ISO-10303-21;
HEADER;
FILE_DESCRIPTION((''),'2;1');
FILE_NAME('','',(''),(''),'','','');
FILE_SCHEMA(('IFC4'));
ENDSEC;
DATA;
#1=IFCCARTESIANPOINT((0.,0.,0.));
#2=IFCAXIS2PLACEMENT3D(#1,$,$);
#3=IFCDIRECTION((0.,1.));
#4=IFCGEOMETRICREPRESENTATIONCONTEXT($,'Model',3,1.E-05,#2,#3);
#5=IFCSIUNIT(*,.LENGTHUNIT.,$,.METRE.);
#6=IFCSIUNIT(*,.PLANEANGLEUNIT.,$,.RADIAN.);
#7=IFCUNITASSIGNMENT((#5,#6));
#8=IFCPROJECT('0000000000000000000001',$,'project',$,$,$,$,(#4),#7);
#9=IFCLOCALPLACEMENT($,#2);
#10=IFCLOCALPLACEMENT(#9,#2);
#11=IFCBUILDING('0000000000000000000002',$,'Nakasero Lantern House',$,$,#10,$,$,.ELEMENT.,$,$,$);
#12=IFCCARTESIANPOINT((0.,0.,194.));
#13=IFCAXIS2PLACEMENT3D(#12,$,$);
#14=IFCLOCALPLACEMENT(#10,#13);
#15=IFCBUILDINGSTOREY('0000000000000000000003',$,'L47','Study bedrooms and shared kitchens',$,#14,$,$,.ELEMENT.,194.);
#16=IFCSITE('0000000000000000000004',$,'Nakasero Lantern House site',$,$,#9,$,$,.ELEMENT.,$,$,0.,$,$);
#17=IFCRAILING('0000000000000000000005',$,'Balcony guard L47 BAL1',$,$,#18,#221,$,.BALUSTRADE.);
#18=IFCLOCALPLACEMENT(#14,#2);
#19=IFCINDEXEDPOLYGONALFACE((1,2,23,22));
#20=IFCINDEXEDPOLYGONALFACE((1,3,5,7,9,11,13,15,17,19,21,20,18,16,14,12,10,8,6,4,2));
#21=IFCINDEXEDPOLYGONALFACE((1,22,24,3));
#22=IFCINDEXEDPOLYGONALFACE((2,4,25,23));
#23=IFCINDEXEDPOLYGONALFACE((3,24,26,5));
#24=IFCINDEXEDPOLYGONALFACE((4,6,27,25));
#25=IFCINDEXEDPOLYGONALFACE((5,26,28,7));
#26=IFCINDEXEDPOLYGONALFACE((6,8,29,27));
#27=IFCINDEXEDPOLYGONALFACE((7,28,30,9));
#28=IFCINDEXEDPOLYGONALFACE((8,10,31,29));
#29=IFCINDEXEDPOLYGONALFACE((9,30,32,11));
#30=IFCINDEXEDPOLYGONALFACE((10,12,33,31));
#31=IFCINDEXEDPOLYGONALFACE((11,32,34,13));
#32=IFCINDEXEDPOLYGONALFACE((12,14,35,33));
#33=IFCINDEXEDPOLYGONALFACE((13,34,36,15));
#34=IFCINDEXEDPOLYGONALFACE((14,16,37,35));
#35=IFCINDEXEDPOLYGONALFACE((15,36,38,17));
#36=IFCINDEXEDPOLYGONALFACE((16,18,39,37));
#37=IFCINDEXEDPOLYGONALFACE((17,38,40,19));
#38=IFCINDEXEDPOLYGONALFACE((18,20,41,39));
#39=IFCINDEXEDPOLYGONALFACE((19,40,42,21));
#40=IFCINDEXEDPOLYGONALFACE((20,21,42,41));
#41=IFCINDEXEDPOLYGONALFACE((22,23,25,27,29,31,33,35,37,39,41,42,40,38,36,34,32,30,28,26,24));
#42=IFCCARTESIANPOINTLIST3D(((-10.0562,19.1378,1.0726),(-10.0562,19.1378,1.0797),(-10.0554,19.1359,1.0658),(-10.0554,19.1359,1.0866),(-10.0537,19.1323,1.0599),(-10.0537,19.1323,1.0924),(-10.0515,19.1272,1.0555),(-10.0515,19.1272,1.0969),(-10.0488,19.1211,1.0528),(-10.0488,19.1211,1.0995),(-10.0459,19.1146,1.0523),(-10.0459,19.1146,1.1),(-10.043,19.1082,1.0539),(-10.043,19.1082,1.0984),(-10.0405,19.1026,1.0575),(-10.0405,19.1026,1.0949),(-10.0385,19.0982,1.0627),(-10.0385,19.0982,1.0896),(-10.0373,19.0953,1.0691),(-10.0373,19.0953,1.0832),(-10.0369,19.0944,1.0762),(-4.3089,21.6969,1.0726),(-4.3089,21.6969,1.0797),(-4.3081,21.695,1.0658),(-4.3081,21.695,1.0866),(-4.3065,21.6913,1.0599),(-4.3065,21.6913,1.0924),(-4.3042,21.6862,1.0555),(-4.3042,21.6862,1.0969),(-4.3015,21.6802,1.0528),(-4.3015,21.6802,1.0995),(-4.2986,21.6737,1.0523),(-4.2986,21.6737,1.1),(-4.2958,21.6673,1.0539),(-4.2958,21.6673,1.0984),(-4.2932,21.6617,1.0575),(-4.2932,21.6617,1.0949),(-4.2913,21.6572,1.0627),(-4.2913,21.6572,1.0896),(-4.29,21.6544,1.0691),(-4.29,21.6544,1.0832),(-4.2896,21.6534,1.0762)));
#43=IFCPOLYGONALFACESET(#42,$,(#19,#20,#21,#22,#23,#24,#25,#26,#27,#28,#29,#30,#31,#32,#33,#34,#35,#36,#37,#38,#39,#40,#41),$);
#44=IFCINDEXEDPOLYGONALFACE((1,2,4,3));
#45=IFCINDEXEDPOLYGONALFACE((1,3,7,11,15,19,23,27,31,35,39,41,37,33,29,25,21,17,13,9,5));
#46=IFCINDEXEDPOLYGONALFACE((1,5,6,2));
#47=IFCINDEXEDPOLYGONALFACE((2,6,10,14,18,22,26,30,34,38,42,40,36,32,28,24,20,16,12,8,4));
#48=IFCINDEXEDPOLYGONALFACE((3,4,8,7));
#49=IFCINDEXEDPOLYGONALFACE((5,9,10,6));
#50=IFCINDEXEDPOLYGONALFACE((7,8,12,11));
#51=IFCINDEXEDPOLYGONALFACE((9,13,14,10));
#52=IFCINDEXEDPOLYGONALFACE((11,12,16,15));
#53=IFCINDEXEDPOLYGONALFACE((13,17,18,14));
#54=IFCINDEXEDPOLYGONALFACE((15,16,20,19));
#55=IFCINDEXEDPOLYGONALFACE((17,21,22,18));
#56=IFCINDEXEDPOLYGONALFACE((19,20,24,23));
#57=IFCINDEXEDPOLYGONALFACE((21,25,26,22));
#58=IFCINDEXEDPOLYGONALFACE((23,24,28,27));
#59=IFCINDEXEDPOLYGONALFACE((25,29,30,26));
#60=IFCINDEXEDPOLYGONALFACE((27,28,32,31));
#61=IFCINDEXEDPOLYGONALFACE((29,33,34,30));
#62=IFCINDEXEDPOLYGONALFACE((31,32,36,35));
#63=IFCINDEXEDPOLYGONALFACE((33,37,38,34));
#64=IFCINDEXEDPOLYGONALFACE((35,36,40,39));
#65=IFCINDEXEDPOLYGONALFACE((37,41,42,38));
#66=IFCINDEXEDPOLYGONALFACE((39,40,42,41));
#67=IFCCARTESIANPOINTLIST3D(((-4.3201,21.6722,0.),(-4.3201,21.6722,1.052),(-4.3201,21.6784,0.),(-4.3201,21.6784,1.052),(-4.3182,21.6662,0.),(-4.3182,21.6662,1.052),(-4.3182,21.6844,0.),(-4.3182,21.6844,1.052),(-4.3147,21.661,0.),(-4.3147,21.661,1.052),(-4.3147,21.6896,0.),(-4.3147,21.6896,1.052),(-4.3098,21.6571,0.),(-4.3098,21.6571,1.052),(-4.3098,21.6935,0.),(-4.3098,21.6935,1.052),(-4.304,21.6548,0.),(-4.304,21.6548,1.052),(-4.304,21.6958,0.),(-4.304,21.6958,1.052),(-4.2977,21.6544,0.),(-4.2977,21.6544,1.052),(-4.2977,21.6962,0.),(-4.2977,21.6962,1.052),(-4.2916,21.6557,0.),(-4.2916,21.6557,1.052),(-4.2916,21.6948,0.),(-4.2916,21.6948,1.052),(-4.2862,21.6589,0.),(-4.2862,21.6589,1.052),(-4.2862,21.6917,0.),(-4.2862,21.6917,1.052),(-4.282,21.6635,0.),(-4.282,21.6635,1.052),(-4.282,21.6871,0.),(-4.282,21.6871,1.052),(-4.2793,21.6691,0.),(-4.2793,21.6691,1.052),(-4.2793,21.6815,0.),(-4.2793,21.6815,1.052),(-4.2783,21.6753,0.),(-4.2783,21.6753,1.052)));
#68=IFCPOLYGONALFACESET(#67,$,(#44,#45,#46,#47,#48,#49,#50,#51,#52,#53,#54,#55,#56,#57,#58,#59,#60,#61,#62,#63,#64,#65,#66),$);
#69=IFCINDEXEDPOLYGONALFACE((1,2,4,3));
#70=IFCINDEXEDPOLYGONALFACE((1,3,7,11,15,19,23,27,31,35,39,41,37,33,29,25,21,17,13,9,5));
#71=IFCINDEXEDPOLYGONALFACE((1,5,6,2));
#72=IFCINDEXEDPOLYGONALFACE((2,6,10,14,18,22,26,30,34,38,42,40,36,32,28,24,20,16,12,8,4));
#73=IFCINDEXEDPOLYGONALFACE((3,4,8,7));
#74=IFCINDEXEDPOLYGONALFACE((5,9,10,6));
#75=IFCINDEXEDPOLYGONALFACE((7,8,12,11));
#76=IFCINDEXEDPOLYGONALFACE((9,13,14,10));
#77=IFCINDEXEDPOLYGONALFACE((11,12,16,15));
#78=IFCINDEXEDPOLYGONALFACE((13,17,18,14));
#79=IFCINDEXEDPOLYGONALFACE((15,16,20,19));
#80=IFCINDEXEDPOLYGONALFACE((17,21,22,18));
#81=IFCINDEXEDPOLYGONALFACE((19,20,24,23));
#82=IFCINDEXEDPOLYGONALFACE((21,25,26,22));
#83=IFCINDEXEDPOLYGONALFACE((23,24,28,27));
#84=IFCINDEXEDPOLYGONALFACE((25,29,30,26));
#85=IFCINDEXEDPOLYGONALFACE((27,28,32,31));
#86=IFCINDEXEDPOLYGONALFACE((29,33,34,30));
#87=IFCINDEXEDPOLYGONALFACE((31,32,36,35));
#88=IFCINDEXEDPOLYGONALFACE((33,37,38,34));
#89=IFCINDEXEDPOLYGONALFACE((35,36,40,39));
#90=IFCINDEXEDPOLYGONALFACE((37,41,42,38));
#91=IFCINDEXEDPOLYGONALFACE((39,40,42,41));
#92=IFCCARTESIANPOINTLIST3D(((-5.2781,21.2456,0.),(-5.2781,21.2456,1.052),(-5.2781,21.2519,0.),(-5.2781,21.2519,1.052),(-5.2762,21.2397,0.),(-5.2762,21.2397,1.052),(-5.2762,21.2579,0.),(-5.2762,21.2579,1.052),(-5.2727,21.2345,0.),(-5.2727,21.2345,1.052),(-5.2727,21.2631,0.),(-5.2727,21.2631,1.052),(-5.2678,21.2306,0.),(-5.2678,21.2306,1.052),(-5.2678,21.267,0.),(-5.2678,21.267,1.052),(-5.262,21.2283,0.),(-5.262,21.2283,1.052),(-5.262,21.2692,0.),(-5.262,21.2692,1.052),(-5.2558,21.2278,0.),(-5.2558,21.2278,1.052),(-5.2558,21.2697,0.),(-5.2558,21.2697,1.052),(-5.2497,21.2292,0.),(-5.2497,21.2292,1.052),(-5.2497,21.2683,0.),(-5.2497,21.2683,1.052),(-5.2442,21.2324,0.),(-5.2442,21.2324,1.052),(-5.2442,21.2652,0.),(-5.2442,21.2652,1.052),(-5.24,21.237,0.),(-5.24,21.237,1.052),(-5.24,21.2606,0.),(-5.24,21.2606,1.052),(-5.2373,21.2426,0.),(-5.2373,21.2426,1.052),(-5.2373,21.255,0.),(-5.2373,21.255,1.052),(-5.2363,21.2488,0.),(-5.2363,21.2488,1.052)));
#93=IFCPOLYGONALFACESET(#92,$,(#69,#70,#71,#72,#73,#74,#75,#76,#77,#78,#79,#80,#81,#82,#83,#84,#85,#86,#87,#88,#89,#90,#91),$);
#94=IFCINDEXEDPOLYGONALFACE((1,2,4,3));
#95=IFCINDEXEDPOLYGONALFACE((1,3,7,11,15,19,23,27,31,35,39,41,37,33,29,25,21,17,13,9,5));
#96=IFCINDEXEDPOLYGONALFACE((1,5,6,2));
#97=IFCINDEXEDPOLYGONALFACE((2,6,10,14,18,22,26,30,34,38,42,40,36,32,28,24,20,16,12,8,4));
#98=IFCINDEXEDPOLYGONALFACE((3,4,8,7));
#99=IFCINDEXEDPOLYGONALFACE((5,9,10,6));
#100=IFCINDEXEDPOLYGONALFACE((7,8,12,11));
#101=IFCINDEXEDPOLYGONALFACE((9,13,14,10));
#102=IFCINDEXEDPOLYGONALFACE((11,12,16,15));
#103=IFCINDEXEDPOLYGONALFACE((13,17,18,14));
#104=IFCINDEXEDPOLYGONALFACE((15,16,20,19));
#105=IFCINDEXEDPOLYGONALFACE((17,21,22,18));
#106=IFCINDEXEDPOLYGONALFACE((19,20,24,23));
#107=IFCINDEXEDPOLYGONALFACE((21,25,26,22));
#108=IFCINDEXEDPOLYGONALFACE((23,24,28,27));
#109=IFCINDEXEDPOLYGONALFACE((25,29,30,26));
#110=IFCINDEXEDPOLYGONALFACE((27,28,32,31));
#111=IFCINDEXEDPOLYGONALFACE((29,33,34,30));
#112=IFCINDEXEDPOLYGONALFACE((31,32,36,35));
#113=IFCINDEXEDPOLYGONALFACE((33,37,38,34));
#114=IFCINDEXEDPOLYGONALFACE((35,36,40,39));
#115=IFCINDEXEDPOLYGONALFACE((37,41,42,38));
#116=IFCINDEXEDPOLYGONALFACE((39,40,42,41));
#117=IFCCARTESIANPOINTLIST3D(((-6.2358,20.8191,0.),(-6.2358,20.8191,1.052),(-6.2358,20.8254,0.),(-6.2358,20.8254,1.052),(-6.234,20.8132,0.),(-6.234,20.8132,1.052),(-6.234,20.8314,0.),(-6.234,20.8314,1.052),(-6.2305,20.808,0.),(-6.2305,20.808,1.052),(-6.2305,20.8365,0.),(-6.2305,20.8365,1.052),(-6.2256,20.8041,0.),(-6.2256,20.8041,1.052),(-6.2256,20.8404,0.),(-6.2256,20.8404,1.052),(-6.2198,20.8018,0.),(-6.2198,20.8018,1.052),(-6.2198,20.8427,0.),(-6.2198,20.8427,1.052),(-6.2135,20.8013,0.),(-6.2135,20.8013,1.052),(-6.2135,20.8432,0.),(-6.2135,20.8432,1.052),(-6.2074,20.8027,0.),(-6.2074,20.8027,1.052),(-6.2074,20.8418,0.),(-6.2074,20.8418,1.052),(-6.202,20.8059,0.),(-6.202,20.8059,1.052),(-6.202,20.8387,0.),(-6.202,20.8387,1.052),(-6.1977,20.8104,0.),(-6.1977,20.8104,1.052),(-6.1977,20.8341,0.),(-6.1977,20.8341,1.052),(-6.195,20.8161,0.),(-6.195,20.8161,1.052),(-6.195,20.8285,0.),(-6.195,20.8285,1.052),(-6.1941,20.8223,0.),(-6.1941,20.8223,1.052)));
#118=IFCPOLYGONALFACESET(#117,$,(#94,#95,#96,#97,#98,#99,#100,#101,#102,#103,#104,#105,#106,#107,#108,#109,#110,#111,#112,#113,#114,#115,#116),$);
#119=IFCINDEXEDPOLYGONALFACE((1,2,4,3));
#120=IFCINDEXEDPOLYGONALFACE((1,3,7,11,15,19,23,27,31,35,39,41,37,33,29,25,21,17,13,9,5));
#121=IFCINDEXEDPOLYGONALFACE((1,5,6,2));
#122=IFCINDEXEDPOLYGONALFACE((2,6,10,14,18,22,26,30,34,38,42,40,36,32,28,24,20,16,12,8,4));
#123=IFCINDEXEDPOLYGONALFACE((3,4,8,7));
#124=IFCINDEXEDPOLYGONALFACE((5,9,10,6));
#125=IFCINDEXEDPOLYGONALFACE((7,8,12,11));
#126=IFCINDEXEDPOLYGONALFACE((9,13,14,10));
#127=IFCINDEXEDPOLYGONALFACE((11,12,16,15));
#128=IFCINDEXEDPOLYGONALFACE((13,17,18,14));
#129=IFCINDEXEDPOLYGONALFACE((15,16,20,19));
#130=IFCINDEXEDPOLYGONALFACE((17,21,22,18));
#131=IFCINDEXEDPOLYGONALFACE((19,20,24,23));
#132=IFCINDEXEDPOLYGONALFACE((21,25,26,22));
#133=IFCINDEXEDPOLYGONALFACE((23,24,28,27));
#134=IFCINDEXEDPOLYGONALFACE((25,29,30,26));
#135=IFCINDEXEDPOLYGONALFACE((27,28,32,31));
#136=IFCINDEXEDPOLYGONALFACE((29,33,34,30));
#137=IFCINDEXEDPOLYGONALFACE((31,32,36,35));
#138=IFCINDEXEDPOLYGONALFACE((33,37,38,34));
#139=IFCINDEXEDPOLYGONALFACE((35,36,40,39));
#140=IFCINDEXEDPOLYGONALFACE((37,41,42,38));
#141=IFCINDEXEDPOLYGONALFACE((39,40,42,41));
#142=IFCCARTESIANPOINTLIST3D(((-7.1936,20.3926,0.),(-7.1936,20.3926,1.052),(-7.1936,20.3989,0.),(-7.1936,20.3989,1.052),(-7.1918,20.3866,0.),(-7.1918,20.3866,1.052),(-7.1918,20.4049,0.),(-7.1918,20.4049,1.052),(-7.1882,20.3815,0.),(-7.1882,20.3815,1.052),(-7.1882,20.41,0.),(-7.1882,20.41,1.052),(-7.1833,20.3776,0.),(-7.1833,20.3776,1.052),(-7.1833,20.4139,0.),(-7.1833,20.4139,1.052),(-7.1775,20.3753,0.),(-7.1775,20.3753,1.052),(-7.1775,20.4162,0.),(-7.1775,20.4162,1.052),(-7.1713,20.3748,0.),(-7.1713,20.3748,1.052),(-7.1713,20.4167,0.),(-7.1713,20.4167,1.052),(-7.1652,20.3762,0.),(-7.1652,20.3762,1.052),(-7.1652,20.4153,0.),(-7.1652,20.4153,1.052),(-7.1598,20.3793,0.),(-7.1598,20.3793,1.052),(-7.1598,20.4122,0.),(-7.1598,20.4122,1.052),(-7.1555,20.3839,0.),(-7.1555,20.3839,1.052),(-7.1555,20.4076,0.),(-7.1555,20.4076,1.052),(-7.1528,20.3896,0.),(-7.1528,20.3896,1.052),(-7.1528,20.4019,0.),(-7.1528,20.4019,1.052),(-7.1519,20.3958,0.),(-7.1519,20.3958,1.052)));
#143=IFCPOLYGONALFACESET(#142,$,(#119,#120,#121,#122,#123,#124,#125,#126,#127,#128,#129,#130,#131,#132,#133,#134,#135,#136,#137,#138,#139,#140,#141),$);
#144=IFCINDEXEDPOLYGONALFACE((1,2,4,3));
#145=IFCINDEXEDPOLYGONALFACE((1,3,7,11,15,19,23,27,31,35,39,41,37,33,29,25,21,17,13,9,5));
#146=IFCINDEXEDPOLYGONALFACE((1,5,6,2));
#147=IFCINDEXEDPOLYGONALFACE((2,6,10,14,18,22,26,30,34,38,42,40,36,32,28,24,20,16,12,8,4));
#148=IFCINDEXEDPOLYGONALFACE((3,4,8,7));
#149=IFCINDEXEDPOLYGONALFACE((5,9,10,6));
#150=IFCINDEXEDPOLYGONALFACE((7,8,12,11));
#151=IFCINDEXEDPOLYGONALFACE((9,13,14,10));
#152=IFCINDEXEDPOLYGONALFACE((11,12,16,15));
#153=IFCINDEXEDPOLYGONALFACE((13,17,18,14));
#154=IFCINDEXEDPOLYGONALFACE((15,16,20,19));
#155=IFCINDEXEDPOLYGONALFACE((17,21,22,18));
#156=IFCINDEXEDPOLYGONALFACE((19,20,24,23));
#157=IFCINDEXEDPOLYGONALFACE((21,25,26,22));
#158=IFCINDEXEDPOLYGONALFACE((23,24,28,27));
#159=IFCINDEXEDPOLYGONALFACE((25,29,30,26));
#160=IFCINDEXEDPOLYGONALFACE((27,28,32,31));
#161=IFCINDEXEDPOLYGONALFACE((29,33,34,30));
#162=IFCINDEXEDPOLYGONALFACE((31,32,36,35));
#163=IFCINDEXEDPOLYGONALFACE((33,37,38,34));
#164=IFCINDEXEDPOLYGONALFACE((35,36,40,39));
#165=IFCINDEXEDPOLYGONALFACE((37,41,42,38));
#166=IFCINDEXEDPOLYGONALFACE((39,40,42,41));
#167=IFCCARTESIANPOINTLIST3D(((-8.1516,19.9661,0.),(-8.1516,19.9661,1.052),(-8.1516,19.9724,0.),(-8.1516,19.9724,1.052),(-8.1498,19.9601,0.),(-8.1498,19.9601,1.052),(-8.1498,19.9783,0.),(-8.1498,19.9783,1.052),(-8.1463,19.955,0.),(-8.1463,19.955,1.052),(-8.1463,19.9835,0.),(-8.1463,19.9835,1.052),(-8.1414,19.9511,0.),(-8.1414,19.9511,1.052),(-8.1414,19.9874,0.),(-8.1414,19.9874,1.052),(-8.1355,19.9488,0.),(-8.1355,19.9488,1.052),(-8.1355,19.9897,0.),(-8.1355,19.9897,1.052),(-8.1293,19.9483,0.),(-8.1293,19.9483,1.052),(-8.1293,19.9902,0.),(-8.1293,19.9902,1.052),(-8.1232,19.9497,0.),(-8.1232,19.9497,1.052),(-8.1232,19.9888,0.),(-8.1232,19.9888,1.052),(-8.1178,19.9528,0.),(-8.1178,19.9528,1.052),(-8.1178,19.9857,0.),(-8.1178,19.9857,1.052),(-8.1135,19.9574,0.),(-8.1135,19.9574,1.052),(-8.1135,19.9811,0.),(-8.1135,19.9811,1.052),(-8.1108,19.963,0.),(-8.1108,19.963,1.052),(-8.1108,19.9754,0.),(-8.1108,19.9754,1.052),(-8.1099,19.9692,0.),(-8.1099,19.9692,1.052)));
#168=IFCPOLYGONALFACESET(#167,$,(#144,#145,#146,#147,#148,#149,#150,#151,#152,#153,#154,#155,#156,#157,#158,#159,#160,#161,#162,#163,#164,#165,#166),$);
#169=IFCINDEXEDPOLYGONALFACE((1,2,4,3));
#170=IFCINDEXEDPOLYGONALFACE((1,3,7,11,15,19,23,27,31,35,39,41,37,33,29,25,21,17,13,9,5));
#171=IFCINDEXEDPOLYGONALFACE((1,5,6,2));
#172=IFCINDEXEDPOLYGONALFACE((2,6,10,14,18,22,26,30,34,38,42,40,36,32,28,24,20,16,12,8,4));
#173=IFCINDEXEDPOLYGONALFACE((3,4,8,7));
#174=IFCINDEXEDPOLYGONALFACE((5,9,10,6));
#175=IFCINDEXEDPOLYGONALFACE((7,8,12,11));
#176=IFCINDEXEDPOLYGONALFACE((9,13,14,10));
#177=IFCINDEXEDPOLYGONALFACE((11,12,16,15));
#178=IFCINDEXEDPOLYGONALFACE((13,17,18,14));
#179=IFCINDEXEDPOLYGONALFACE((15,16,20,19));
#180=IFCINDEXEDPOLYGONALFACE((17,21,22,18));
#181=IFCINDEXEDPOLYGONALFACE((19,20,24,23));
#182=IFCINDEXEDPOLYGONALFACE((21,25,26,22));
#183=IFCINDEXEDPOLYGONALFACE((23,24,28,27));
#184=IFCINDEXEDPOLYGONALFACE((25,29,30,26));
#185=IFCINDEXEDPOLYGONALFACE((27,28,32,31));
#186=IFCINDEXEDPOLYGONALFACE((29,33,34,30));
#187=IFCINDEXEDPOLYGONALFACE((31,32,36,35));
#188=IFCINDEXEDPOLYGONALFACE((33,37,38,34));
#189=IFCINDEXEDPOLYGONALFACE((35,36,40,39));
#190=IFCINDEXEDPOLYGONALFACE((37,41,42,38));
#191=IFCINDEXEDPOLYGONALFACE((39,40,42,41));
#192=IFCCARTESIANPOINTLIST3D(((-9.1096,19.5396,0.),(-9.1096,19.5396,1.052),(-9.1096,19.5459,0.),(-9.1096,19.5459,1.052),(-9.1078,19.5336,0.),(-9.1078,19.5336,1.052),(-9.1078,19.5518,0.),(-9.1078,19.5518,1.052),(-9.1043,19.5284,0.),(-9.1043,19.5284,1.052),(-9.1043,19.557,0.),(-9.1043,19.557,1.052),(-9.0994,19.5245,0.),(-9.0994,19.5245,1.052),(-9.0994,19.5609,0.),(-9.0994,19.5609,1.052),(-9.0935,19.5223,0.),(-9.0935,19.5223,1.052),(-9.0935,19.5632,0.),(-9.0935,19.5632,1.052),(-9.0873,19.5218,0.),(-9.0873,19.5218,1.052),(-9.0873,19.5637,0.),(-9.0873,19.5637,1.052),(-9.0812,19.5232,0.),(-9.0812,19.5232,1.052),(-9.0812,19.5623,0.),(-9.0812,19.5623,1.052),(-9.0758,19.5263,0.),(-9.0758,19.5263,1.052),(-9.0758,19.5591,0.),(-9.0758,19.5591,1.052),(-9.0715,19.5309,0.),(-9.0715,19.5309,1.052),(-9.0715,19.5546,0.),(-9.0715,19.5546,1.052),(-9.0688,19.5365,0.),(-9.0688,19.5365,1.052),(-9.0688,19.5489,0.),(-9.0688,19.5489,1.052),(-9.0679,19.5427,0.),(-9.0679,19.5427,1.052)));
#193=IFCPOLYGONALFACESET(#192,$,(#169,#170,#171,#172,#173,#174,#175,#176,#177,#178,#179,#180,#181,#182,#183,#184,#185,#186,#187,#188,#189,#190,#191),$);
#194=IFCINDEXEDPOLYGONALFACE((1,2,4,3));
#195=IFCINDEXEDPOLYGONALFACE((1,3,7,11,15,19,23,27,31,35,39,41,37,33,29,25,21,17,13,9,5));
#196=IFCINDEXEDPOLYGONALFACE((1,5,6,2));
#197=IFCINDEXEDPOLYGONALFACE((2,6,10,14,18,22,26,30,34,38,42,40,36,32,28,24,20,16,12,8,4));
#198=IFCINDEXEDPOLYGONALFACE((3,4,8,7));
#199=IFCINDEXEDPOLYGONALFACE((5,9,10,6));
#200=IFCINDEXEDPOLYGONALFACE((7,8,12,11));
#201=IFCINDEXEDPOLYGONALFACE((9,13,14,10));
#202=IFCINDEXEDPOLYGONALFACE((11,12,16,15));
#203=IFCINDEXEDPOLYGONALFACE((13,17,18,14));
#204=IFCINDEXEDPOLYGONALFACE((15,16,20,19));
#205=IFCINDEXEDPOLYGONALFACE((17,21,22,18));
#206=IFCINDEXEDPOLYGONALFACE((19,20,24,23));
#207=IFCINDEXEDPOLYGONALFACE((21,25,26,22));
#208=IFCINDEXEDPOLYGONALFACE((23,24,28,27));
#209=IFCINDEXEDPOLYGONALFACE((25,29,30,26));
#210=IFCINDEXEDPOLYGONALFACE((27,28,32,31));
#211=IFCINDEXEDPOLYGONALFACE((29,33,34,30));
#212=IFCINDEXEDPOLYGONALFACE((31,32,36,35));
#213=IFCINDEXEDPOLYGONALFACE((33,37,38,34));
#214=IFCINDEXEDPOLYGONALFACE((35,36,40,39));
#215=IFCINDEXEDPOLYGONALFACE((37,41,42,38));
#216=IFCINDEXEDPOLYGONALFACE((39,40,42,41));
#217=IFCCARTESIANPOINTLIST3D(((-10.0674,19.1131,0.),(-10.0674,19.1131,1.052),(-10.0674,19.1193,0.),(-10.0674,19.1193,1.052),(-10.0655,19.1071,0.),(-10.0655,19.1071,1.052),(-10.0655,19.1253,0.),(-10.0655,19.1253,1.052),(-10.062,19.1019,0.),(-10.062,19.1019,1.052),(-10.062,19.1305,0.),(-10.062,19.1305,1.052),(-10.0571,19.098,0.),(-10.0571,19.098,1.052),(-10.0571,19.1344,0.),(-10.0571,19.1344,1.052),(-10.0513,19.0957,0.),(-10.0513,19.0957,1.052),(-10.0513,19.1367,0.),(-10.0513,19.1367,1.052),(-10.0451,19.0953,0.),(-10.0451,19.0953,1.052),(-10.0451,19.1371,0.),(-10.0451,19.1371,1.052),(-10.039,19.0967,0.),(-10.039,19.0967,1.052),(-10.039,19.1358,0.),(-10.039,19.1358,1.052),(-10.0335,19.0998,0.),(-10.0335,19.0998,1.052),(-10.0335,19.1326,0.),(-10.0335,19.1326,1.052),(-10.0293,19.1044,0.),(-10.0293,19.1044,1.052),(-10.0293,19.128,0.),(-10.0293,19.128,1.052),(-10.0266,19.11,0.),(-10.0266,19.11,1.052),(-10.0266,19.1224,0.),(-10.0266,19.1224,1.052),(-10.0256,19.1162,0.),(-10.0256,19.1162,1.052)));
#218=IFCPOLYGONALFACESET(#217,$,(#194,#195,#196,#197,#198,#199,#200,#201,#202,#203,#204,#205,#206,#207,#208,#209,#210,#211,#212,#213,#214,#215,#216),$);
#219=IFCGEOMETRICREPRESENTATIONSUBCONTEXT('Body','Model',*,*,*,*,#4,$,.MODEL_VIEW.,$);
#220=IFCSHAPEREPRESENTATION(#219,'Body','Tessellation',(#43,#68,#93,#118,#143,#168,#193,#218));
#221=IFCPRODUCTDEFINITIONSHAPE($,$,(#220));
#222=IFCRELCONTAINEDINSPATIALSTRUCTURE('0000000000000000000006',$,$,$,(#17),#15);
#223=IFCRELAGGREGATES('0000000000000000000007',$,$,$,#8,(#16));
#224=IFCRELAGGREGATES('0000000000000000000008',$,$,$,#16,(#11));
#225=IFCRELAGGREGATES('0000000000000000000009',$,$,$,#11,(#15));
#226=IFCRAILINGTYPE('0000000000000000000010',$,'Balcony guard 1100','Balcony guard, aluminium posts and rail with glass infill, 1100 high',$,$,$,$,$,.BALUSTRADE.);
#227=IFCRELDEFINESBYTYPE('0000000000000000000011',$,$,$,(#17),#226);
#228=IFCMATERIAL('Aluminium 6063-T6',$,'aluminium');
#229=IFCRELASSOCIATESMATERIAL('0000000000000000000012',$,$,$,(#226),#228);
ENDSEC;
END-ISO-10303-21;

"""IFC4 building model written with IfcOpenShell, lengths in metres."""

from ifc_helpers import new_model, si_unit, direction, frame, origin, origin_2d, place, context, subcontext, project, spatial, circle, extrude, material, type_object, element, save


model = new_model("IFC4")

# Units and contexts
model_context = context("Model", 3, precision=1e-05, world=origin(), true_north=direction((0.0, 1.0)))
body_context = subcontext(model_context, "Body", "Model", "MODEL_VIEW")
ifc_project = project(units=[si_unit("LENGTHUNIT", "METRE"), si_unit("PLANEANGLEUNIT", "RADIAN")], contexts=[model_context])

# Site, building, storey
site_placement = place(None, origin())
site = spatial("IfcSite", under=ifc_project, at=site_placement, Name="Nakasero Lantern House site", CompositionType="ELEMENT", RefElevation=0.0)
building_placement = place(site_placement, origin())
building = spatial("IfcBuilding", under=site, at=building_placement, Name="Nakasero Lantern House", CompositionType="ELEMENT")
storey_placement = place(building_placement, frame((0.0, 0.0, 194.0)))
storey = spatial("IfcBuildingStorey", under=building, at=storey_placement, Name="L47", Description="Study bedrooms and shared kitchens", CompositionType="ELEMENT", Elevation=194.0)

# Railing
ifc_material_1 = material(Name="Aluminium 6063-T6", Category="aluminium")
railing_type = type_object("IfcRailingType", Name="Balcony guard 1100", Description="Balcony guard, aluminium posts and rail with glass infill, 1100 high", PredefinedType="BALUSTRADE", material=ifc_material_1)
railing_placement = place(storey_placement, frame((-4.2993, 21.6753, 0.0)))
element("IfcRailing", 1, at=railing_placement, inside=storey, type_object=railing_type, Name="Balcony guard L47 BAL1", PredefinedType="BALUSTRADE", context=body_context, shape_type="SweptSolid", body=[
    extrude(circle(Radius=0.0239, at=origin_2d()), frame((0.0, 0.0, 1.0762), z_axis=(-0.913533, -0.406765, 0.0), x_axis=(0.406765, -0.913533, 0.0)), (0.0, 0.0, 1.0), 6.2913),
    extrude(circle(Radius=0.021, at=origin_2d()), origin(), (0.0, 0.0, 1.0), 1.052),
    extrude(circle(Radius=0.021, at=origin_2d()), frame((-0.958, -0.4265, 0.0)), (0.0, 0.0, 1.0), 1.052),
    extrude(circle(Radius=0.021, at=origin_2d()), frame((-1.9158, -0.853, 0.0)), (0.0, 0.0, 1.0), 1.052),
    extrude(circle(Radius=0.021, at=origin_2d()), frame((-2.8735, -1.2795, 0.0)), (0.0, 0.0, 1.0), 1.052),
    extrude(circle(Radius=0.021, at=origin_2d()), frame((-3.8315, -1.7061, 0.0)), (0.0, 0.0, 1.0), 1.052),
    extrude(circle(Radius=0.021, at=origin_2d()), frame((-4.7896, -2.1326, 0.0)), (0.0, 0.0, 1.0), 1.052),
    extrude(circle(Radius=0.021, at=origin_2d()), frame((-5.7473, -2.5591, 0.0)), (0.0, 0.0, 1.0), 1.052),
])

save(model, "model.ifc")
